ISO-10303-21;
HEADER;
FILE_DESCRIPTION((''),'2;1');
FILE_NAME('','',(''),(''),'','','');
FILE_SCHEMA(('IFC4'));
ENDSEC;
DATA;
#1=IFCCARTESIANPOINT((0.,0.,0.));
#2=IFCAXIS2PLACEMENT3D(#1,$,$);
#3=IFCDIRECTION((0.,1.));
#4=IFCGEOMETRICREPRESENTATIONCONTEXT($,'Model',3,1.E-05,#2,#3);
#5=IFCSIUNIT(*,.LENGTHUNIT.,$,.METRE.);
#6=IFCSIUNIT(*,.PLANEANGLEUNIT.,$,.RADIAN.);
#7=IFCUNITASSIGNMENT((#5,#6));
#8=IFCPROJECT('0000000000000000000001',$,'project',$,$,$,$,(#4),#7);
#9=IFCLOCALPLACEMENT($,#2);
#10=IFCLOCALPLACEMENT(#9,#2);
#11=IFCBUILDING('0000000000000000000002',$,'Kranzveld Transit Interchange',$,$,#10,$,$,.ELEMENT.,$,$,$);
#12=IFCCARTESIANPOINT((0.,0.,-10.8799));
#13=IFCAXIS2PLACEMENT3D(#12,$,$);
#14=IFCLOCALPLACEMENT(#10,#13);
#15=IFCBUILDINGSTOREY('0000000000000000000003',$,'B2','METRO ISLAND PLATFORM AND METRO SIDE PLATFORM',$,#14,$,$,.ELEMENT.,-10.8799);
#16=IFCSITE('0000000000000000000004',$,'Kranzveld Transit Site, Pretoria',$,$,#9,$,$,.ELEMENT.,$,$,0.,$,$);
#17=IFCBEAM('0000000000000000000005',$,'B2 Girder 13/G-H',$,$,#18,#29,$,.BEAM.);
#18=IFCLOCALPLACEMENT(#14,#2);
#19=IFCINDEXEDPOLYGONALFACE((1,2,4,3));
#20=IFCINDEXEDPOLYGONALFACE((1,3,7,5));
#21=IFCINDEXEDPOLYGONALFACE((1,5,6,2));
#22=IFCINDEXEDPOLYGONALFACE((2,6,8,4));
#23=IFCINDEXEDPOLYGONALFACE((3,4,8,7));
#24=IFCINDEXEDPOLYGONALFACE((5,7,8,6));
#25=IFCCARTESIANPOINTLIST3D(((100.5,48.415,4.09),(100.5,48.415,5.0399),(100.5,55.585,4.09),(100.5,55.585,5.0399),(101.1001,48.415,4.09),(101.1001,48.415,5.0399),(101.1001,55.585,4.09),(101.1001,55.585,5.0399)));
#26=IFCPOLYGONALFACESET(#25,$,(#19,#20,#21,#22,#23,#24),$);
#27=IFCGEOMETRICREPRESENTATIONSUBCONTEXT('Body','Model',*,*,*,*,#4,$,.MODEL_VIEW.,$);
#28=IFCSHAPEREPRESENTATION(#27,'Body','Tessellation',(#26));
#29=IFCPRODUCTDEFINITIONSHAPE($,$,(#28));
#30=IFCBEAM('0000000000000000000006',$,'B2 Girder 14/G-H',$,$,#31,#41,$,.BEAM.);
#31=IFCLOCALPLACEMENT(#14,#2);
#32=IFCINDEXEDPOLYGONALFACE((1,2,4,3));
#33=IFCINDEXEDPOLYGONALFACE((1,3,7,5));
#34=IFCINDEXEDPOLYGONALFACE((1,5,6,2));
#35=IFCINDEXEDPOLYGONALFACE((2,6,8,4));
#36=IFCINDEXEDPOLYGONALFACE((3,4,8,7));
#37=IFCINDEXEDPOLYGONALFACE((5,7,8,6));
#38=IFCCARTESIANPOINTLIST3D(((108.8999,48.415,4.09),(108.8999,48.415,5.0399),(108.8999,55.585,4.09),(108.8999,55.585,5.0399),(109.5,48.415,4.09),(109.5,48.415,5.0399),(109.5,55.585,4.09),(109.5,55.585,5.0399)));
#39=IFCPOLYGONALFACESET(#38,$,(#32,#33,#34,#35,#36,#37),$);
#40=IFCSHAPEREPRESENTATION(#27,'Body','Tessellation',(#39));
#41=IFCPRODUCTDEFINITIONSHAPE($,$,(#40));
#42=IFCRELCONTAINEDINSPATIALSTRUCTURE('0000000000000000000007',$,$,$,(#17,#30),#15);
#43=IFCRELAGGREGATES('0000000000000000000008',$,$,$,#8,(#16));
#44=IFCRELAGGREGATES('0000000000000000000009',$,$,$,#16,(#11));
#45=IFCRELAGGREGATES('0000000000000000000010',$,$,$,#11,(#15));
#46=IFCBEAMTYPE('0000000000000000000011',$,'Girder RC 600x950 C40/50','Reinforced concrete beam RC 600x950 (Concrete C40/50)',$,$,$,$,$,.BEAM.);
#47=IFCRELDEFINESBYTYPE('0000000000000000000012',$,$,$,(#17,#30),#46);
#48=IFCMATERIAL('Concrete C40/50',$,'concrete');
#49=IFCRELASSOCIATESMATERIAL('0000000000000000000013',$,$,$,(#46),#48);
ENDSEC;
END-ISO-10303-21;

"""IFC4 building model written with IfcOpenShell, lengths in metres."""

from ifc_helpers import new_model, si_unit, direction, frame, origin, origin_2d, place, context, subcontext, project, spatial, rectangle, extrude, material, material_profile, profile_set, type_object, element, save


model = new_model("IFC4")

# Units and contexts
model_context = context("Model", 3, precision=1e-05, world=origin(), true_north=direction((0.0, 1.0)))
body_context = subcontext(model_context, "Body", "Model", "MODEL_VIEW")
ifc_project = project(units=[si_unit("LENGTHUNIT", "METRE"), si_unit("PLANEANGLEUNIT", "RADIAN")], contexts=[model_context])

# Site, building, storey
site_placement = place(None, origin())
site = spatial("IfcSite", under=ifc_project, at=site_placement, Name="Kranzveld Transit Site, Pretoria", CompositionType="ELEMENT", RefElevation=0.0)
building_placement = place(site_placement, origin())
building = spatial("IfcBuilding", under=site, at=building_placement, Name="Kranzveld Transit Interchange", CompositionType="ELEMENT")
storey_placement = place(building_placement, frame((0.0, 0.0, -10.8799)))
storey = spatial("IfcBuildingStorey", under=building, at=storey_placement, Name="B2", Description="METRO ISLAND PLATFORM AND METRO SIDE PLATFORM", CompositionType="ELEMENT", Elevation=-10.8799)

# Beams
ifc_material_1 = material(Name="Concrete C40/50", Category="concrete")
ifc_material_profile_1 = material_profile(ifc_material_1, rectangle(XDim=0.6001, YDim=0.95, at=origin_2d()), Name="RC 600x950")
ifc_profile_set_1 = profile_set([ifc_material_profile_1], Name="Concrete C40/50")
beam_type_1 = type_object("IfcBeamType", Name="Girder RC 600x950 C40/50", Description="Reinforced concrete beam RC 600x950 (Concrete C40/50)", PredefinedType="BEAM", material=ifc_profile_set_1)
for number, where, z_axis, x_axis, name in (
    (1, (100.8, 48.415, 4.5649), (0.0, 1.0, 0.0), (-1.0, 0.0, 0.0), "B2 Girder 13/G-H"),
    (2, (109.2, 48.415, 4.5649), (0.0, 1.0, 0.0), (-1.0, 0.0, 0.0), "B2 Girder 14/G-H"),
):
    element("IfcBeam", number, at=place(storey_placement, frame(where, z_axis=z_axis, x_axis=x_axis)), inside=storey, type_object=beam_type_1, Name=name, PredefinedType="BEAM", context=body_context, shape_type="SweptSolid", body=[
        extrude(rectangle(XDim=0.6001, YDim=0.95, at=origin_2d()), origin(), (0.0, 0.0, 1.0), 7.1699),
    ])

save(model, "model.ifc")
